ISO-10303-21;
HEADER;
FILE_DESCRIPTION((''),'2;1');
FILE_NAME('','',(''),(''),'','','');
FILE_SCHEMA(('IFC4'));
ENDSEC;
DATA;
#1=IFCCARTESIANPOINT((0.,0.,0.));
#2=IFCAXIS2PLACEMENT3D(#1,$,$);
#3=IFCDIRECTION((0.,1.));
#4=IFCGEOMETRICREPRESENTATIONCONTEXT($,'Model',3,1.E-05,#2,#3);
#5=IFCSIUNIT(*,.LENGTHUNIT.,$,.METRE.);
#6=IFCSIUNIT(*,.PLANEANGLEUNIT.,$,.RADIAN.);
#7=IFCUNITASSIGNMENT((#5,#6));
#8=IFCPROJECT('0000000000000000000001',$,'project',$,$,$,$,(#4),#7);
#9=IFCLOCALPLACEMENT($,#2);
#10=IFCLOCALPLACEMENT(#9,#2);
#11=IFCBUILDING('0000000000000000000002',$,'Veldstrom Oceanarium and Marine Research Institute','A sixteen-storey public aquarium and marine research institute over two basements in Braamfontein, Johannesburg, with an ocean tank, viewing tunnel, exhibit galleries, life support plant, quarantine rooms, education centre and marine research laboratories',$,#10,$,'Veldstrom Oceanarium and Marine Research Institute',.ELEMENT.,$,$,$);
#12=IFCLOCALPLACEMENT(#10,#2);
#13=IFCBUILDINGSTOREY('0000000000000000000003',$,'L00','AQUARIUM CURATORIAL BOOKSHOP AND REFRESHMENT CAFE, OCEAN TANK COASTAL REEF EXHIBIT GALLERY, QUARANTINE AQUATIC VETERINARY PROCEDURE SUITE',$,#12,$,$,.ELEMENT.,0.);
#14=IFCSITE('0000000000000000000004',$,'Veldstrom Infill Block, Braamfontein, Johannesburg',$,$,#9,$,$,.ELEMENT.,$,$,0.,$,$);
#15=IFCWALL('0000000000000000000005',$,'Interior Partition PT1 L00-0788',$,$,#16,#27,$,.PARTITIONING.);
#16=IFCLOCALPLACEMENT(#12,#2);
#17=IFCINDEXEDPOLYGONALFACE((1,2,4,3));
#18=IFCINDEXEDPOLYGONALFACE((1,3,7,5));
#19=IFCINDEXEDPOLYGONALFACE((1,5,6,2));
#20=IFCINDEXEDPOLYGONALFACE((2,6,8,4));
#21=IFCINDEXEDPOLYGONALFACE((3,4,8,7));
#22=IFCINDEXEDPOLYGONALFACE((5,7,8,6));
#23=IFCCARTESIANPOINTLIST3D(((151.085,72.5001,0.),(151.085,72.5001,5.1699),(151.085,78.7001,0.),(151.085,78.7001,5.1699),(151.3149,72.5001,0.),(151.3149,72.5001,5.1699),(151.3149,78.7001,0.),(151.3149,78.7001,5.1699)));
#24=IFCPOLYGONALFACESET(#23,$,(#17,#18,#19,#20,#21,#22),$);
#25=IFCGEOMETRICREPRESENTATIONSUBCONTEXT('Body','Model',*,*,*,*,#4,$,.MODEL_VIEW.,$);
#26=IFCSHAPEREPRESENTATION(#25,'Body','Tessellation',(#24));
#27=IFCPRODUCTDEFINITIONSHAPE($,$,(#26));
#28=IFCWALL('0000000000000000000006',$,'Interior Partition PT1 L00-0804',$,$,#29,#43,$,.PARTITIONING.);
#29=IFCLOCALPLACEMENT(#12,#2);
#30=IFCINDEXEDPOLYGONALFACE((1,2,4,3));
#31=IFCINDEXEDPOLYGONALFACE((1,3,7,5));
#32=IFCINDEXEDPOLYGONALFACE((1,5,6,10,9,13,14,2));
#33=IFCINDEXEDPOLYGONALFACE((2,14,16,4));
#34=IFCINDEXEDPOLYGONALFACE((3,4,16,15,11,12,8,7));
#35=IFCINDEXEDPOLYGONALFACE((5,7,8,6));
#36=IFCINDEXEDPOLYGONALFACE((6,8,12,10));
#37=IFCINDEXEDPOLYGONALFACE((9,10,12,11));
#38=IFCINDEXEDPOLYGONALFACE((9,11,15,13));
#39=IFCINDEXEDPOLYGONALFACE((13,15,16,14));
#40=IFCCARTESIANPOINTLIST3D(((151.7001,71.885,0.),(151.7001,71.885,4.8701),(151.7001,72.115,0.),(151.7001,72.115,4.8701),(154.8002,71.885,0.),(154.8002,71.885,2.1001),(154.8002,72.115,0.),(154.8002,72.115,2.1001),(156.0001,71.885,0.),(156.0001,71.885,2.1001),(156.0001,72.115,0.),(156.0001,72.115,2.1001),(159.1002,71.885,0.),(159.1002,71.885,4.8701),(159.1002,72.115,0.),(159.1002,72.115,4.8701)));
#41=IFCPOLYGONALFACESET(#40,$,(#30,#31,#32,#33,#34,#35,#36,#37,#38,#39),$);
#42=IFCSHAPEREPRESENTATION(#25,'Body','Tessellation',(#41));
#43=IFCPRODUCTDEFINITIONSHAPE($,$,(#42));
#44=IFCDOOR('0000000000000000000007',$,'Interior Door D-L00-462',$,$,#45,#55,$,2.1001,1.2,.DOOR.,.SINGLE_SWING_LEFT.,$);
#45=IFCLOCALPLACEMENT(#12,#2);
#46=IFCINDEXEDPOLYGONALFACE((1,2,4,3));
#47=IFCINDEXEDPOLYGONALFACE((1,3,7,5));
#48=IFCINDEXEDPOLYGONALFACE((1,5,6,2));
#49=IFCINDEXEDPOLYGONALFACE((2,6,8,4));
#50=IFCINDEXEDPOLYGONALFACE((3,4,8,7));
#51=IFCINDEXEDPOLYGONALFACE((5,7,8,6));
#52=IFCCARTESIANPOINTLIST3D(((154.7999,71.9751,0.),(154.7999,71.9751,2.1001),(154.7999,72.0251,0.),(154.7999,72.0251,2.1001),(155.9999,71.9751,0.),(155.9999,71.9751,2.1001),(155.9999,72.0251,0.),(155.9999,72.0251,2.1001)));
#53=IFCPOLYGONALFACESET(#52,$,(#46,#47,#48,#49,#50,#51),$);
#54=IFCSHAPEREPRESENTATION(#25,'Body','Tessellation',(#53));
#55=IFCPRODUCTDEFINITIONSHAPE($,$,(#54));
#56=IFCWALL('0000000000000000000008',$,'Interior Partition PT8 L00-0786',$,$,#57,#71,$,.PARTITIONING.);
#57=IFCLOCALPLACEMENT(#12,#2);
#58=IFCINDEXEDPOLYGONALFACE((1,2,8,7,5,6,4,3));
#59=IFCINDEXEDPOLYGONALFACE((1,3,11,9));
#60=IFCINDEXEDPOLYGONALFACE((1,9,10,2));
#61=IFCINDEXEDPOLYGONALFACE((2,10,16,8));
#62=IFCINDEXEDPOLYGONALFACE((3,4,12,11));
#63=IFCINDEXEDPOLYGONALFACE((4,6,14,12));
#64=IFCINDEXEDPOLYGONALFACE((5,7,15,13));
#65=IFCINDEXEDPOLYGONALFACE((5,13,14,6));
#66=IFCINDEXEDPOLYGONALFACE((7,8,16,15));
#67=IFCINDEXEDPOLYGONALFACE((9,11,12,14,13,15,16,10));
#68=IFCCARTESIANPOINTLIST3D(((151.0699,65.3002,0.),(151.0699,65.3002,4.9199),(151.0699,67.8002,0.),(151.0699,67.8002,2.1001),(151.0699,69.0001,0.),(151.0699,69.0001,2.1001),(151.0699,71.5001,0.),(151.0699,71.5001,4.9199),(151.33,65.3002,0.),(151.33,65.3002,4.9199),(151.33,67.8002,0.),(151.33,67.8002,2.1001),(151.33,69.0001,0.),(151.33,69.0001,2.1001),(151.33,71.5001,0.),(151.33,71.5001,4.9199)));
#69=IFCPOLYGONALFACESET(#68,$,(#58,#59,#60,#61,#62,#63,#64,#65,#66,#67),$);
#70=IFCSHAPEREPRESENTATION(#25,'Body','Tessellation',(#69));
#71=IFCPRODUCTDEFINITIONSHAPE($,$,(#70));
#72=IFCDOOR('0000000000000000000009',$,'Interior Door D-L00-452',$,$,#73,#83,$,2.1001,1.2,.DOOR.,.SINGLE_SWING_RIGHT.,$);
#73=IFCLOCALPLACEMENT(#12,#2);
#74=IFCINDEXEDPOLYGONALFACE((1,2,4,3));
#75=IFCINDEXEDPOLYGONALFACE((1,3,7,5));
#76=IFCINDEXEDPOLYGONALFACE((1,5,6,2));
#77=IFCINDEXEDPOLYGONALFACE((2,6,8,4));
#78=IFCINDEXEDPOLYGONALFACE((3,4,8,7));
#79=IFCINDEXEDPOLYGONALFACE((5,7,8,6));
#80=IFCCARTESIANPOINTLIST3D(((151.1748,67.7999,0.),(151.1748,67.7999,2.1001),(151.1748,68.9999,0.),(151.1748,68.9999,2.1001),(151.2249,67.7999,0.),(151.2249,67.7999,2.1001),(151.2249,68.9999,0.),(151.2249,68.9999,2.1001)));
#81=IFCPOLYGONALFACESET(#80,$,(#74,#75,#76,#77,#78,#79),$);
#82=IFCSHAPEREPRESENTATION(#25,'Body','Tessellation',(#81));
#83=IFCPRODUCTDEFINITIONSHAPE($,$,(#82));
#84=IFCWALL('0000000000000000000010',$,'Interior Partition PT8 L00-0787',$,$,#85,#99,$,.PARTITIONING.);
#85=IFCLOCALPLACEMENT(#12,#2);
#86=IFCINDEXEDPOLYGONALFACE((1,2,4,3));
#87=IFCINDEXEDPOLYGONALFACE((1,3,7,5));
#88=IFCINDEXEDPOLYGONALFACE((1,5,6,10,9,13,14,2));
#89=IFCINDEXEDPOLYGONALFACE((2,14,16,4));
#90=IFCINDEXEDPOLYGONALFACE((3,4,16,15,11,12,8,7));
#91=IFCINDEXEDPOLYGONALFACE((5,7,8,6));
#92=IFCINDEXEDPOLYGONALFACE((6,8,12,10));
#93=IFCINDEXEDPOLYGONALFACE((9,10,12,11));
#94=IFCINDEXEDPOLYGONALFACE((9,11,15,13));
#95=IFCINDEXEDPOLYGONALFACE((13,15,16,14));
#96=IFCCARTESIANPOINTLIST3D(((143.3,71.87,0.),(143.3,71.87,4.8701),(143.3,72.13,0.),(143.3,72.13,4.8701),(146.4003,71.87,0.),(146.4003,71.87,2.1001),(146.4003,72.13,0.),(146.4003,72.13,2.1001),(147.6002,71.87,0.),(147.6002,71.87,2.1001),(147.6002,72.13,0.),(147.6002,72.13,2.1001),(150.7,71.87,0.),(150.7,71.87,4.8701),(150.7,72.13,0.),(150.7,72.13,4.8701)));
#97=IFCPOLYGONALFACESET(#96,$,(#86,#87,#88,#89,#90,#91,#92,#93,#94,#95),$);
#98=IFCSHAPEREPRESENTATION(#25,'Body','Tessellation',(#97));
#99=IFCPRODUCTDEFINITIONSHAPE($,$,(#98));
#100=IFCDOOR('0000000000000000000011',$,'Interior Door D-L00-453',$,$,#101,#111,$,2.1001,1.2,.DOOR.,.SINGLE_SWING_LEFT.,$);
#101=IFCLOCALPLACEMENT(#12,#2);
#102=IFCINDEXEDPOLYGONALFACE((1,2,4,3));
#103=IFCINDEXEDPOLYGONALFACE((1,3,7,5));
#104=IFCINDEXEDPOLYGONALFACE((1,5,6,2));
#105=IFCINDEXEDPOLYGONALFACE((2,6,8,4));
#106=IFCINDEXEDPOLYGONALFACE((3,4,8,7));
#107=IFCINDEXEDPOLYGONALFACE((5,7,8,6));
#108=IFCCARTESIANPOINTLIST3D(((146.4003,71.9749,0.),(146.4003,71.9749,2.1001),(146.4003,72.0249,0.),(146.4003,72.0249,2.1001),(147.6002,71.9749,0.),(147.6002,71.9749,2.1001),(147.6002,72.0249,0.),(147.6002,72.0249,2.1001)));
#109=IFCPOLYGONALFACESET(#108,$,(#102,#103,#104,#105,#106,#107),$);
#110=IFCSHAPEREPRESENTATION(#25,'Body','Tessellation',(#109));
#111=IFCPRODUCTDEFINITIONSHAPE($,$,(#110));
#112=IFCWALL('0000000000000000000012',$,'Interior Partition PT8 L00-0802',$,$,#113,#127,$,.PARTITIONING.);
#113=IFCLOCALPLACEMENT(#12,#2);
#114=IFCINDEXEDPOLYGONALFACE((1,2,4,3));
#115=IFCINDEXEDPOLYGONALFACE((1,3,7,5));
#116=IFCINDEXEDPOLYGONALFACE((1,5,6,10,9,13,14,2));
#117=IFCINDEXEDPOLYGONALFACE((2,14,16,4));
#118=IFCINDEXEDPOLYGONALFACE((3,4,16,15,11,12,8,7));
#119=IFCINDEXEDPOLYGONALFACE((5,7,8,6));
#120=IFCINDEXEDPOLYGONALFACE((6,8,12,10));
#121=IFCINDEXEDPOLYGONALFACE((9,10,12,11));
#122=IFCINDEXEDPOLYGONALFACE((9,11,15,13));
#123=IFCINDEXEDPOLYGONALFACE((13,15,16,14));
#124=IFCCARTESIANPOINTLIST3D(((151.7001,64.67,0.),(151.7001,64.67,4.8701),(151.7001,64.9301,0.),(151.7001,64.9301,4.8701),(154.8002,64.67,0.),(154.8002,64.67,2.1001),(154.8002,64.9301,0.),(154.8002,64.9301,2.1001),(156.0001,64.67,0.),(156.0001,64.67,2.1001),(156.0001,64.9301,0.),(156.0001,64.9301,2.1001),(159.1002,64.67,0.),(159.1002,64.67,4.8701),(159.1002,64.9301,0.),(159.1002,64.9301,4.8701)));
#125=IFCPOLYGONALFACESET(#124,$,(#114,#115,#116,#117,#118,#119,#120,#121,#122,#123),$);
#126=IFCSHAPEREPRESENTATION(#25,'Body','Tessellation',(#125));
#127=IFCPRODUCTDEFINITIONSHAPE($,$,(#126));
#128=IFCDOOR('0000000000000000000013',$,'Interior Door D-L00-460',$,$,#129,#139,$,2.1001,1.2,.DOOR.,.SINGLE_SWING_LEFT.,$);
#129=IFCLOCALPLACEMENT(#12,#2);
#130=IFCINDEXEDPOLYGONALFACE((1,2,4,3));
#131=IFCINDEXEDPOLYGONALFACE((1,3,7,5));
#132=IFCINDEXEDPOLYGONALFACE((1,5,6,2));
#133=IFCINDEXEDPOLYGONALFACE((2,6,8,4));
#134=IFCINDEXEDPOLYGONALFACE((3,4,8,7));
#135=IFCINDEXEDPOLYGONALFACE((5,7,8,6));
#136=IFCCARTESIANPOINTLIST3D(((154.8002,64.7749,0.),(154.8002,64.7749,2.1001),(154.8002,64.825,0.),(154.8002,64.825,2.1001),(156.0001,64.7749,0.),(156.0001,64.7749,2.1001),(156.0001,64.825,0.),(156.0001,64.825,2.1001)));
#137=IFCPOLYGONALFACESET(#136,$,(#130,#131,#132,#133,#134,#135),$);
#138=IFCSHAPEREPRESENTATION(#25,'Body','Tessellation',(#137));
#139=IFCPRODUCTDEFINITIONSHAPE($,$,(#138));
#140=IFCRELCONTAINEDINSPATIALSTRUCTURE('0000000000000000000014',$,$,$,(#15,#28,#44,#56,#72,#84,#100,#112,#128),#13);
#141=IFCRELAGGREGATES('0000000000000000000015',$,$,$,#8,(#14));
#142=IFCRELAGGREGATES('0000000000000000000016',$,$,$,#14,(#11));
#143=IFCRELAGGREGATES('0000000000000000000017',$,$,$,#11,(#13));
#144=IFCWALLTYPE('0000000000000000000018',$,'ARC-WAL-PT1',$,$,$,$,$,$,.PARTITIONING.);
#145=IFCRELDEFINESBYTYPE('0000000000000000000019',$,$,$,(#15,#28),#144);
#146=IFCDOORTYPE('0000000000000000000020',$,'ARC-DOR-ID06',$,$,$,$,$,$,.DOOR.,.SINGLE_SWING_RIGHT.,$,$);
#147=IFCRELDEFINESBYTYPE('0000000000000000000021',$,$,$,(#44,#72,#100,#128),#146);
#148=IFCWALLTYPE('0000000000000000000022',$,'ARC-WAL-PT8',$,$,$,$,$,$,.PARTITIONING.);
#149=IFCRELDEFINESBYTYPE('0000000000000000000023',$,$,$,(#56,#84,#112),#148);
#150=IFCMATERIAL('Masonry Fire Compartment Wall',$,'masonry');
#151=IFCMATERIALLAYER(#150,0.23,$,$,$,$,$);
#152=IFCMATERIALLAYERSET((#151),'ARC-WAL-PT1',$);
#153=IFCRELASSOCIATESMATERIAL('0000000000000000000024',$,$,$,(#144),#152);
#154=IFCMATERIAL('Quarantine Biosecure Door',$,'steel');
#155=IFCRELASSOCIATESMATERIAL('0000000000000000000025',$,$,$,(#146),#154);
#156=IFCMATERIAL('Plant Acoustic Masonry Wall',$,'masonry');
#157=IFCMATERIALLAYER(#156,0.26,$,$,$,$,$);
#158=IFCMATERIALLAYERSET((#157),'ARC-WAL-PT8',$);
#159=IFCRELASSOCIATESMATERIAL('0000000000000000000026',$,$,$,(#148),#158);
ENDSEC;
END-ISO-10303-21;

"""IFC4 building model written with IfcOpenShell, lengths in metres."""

from ifc_helpers import new_model, si_unit, direction, frame, frame_2d, origin, place, context, subcontext, project, spatial, rectangle, extrude, material, layer, layer_set, type_object, element, fill, save


model = new_model("IFC4")

# Units and contexts
model_context = context("Model", 3, precision=1e-05, world=origin(), true_north=direction((0.0, 1.0)))
body_context = subcontext(model_context, "Body", "Model", "MODEL_VIEW")
ifc_project = project(units=[si_unit("LENGTHUNIT", "METRE"), si_unit("PLANEANGLEUNIT", "RADIAN")], contexts=[model_context])

# Site, building, storey
site_placement = place(None, origin())
site = spatial("IfcSite", under=ifc_project, at=site_placement, Name="Veldstrom Infill Block, Braamfontein, Johannesburg", CompositionType="ELEMENT", RefElevation=0.0)
building_placement = place(site_placement, origin())
building = spatial("IfcBuilding", under=site, at=building_placement, Name="Veldstrom Oceanarium and Marine Research Institute", Description="A sixteen-storey public aquarium and marine research institute over two basements in Braamfontein, Johannesburg, with an ocean tank, viewing tunnel, exhibit galleries, life support plant, quarantine rooms, education centre and marine research laboratories", LongName="Veldstrom Oceanarium and Marine Research Institute", CompositionType="ELEMENT")
storey_placement = place(building_placement, origin())
storey = spatial("IfcBuildingStorey", under=building, at=storey_placement, Name="L00", Description="AQUARIUM CURATORIAL BOOKSHOP AND REFRESHMENT CAFE, OCEAN TANK COASTAL REEF EXHIBIT GALLERY, QUARANTINE AQUATIC VETERINARY PROCEDURE SUITE", CompositionType="ELEMENT", Elevation=0.0)

# Shared definitions
ifc_material_1 = material(Name="Masonry Fire Compartment Wall", Category="masonry")
ifc_layer_1 = layer(ifc_material_1, 0.23)
ifc_layer_set_1 = layer_set([ifc_layer_1], Name="ARC-WAL-PT1")
wall_type_1 = type_object("IfcWallType", Name="ARC-WAL-PT1", PredefinedType="PARTITIONING", material=ifc_layer_set_1)

# Shared definitions
ifc_material_2 = material(Name="Quarantine Biosecure Door", Category="steel")
door_type = type_object("IfcDoorType", Name="ARC-DOR-ID06", OperationType="SINGLE_SWING_RIGHT", PredefinedType="DOOR", material=ifc_material_2)

# Wall
wall_1_placement = place(storey_placement, frame((151.2, 72.5, 0.0), z_axis=(0.0, 0.0, 1.0), x_axis=(0.0, 1.0, 0.0)))
element("IfcWall", 1, at=wall_1_placement, inside=storey, type_object=wall_type_1, Name="Interior Partition PT1 L00-0788", PredefinedType="PARTITIONING", context=body_context, shape_type="SweptSolid", body=[
    extrude(rectangle(XDim=6.2, YDim=0.23, at=frame_2d((3.1001, 0.0))), origin(), (0.0, 0.0, 1.0), 5.1699),
])

# Walls, openings, doors
wall_2_placement = place(storey_placement, frame((151.7, 72.0, 0.0), z_axis=(0.0, 0.0, 1.0), x_axis=(1.0, 0.0, 0.0)))
wall_2 = element("IfcWall", 2, at=wall_2_placement, inside=storey, type_object=wall_type_1, Name="Interior Partition PT1 L00-0804", PredefinedType="PARTITIONING", context=body_context, shape_type="SweptSolid", body=[
    extrude(rectangle(XDim=7.4001, YDim=0.23, at=frame_2d((3.7002, 0.0))), origin(), (0.0, 0.0, 1.0), 4.8701),
])
opening_1_placement = place(wall_2_placement, frame((3.1001, 0.0, 0.0)))
opening_1 = element("IfcOpeningElement", 3, at=opening_1_placement, cuts=wall_2, PredefinedType="OPENING", context=body_context, shape_type="SweptSolid", body=[
    extrude(rectangle(XDim=1.2, YDim=2.1001, at=frame_2d((0.6001, 1.05))), frame((0.0, 0.125, 0.0), z_axis=(0.0, -1.0, 0.0), x_axis=(1.0, 0.0, 0.0)), (0.0, 0.0, 1.0), 0.25),
])
door_1_placement = place(opening_1_placement, frame((1.2, 0.0, 0.0), z_axis=(0.0, 0.0, 1.0), x_axis=(-1.0, 0.0, 0.0)))
door_1 = element("IfcDoor", 4, at=door_1_placement, inside=storey, type_object=door_type, Name="Interior Door D-L00-462", OperationType="SINGLE_SWING_LEFT", OverallHeight=2.1001, OverallWidth=1.2, PredefinedType="DOOR", context=body_context, shape_type="SweptSolid", body=[
    extrude(rectangle(XDim=1.2, YDim=2.1001, at=frame_2d((0.6001, 1.05))), frame((0.0, 0.0249, 0.0), z_axis=(0.0, -1.0, 0.0), x_axis=(1.0, 0.0, 0.0)), (0.0, 0.0, 1.0), 0.05),
])
fill(opening_1, door_1)
ifc_material_3 = material(Name="Plant Acoustic Masonry Wall", Category="masonry")
ifc_layer_2 = layer(ifc_material_3, 0.26)
ifc_layer_set_2 = layer_set([ifc_layer_2], Name="ARC-WAL-PT8")
wall_type_2 = type_object("IfcWallType", Name="ARC-WAL-PT8", PredefinedType="PARTITIONING", material=ifc_layer_set_2)
wall_3_placement = place(storey_placement, frame((151.2, 65.3, 0.0), z_axis=(0.0, 0.0, 1.0), x_axis=(0.0, 1.0, 0.0)))
wall_3 = element("IfcWall", 5, at=wall_3_placement, inside=storey, type_object=wall_type_2, Name="Interior Partition PT8 L00-0786", PredefinedType="PARTITIONING", context=body_context, shape_type="SweptSolid", body=[
    extrude(rectangle(XDim=6.2, YDim=0.26, at=frame_2d((3.1001, 0.0))), origin(), (0.0, 0.0, 1.0), 4.9199),
])
opening_2_placement = place(wall_3_placement, frame((2.5, 0.0, 0.0)))
opening_2 = element("IfcOpeningElement", 6, at=opening_2_placement, cuts=wall_3, PredefinedType="OPENING", context=body_context, shape_type="SweptSolid", body=[
    extrude(rectangle(XDim=1.2, YDim=2.1001, at=frame_2d((0.6001, 1.05))), frame((0.0, 0.1399, 0.0), z_axis=(0.0, -1.0, 0.0), x_axis=(1.0, 0.0, 0.0)), (0.0, 0.0, 1.0), 0.28),
])
door_2_placement = place(opening_2_placement, frame((1.2, 0.0, 0.0), z_axis=(0.0, 0.0, 1.0), x_axis=(-1.0, 0.0, 0.0)))
door_2 = element("IfcDoor", 7, at=door_2_placement, inside=storey, type_object=door_type, Name="Interior Door D-L00-452", OperationType="SINGLE_SWING_RIGHT", OverallHeight=2.1001, OverallWidth=1.2, PredefinedType="DOOR", context=body_context, shape_type="SweptSolid", body=[
    extrude(rectangle(XDim=1.2, YDim=2.1001, at=frame_2d((0.6001, 1.05))), frame((0.0, 0.0249, 0.0), z_axis=(0.0, -1.0, 0.0), x_axis=(1.0, 0.0, 0.0)), (0.0, 0.0, 1.0), 0.05),
])
fill(opening_2, door_2)
wall_4_placement = place(storey_placement, frame((143.3, 72.0, 0.0), z_axis=(0.0, 0.0, 1.0), x_axis=(1.0, 0.0, 0.0)))
wall_4 = element("IfcWall", 8, at=wall_4_placement, inside=storey, type_object=wall_type_2, Name="Interior Partition PT8 L00-0787", PredefinedType="PARTITIONING", context=body_context, shape_type="SweptSolid", body=[
    extrude(rectangle(XDim=7.3999, YDim=0.26, at=frame_2d((3.7, 0.0))), origin(), (0.0, 0.0, 1.0), 4.8701),
])
opening_3_placement = place(wall_4_placement, frame((3.1001, 0.0, 0.0)))
opening_3 = element("IfcOpeningElement", 9, at=opening_3_placement, cuts=wall_4, PredefinedType="OPENING", context=body_context, shape_type="SweptSolid", body=[
    extrude(rectangle(XDim=1.2, YDim=2.1001, at=frame_2d((0.6001, 1.05))), frame((0.0, 0.1399, 0.0), z_axis=(0.0, -1.0, 0.0), x_axis=(1.0, 0.0, 0.0)), (0.0, 0.0, 1.0), 0.28),
])
door_3_placement = place(opening_3_placement, origin())
door_3 = element("IfcDoor", 10, at=door_3_placement, inside=storey, type_object=door_type, Name="Interior Door D-L00-453", OperationType="SINGLE_SWING_LEFT", OverallHeight=2.1001, OverallWidth=1.2, PredefinedType="DOOR", context=body_context, shape_type="SweptSolid", body=[
    extrude(rectangle(XDim=1.2, YDim=2.1001, at=frame_2d((0.6001, 1.05))), frame((0.0, 0.0249, 0.0), z_axis=(0.0, -1.0, 0.0), x_axis=(1.0, 0.0, 0.0)), (0.0, 0.0, 1.0), 0.05),
])
fill(opening_3, door_3)
wall_5_placement = place(storey_placement, frame((151.7, 64.8, 0.0), z_axis=(0.0, 0.0, 1.0), x_axis=(1.0, 0.0, 0.0)))
wall_5 = element("IfcWall", 11, at=wall_5_placement, inside=storey, type_object=wall_type_2, Name="Interior Partition PT8 L00-0802", PredefinedType="PARTITIONING", context=body_context, shape_type="SweptSolid", body=[
    extrude(rectangle(XDim=7.4001, YDim=0.26, at=frame_2d((3.7002, 0.0))), origin(), (0.0, 0.0, 1.0), 4.8701),
])
opening_4_placement = place(wall_5_placement, frame((3.1001, 0.0, 0.0)))
opening_4 = element("IfcOpeningElement", 12, at=opening_4_placement, cuts=wall_5, PredefinedType="OPENING", context=body_context, shape_type="SweptSolid", body=[
    extrude(rectangle(XDim=1.2, YDim=2.1001, at=frame_2d((0.6001, 1.05))), frame((0.0, 0.1399, 0.0), z_axis=(0.0, -1.0, 0.0), x_axis=(1.0, 0.0, 0.0)), (0.0, 0.0, 1.0), 0.28),
])
door_4_placement = place(opening_4_placement, origin())
door_4 = element("IfcDoor", 13, at=door_4_placement, inside=storey, type_object=door_type, Name="Interior Door D-L00-460", OperationType="SINGLE_SWING_LEFT", OverallHeight=2.1001, OverallWidth=1.2, PredefinedType="DOOR", context=body_context, shape_type="SweptSolid", body=[
    extrude(rectangle(XDim=1.2, YDim=2.1001, at=frame_2d((0.6001, 1.05))), frame((0.0, 0.0249, 0.0), z_axis=(0.0, -1.0, 0.0), x_axis=(1.0, 0.0, 0.0)), (0.0, 0.0, 1.0), 0.05),
])
fill(opening_4, door_4)

save(model, "model.ifc")
